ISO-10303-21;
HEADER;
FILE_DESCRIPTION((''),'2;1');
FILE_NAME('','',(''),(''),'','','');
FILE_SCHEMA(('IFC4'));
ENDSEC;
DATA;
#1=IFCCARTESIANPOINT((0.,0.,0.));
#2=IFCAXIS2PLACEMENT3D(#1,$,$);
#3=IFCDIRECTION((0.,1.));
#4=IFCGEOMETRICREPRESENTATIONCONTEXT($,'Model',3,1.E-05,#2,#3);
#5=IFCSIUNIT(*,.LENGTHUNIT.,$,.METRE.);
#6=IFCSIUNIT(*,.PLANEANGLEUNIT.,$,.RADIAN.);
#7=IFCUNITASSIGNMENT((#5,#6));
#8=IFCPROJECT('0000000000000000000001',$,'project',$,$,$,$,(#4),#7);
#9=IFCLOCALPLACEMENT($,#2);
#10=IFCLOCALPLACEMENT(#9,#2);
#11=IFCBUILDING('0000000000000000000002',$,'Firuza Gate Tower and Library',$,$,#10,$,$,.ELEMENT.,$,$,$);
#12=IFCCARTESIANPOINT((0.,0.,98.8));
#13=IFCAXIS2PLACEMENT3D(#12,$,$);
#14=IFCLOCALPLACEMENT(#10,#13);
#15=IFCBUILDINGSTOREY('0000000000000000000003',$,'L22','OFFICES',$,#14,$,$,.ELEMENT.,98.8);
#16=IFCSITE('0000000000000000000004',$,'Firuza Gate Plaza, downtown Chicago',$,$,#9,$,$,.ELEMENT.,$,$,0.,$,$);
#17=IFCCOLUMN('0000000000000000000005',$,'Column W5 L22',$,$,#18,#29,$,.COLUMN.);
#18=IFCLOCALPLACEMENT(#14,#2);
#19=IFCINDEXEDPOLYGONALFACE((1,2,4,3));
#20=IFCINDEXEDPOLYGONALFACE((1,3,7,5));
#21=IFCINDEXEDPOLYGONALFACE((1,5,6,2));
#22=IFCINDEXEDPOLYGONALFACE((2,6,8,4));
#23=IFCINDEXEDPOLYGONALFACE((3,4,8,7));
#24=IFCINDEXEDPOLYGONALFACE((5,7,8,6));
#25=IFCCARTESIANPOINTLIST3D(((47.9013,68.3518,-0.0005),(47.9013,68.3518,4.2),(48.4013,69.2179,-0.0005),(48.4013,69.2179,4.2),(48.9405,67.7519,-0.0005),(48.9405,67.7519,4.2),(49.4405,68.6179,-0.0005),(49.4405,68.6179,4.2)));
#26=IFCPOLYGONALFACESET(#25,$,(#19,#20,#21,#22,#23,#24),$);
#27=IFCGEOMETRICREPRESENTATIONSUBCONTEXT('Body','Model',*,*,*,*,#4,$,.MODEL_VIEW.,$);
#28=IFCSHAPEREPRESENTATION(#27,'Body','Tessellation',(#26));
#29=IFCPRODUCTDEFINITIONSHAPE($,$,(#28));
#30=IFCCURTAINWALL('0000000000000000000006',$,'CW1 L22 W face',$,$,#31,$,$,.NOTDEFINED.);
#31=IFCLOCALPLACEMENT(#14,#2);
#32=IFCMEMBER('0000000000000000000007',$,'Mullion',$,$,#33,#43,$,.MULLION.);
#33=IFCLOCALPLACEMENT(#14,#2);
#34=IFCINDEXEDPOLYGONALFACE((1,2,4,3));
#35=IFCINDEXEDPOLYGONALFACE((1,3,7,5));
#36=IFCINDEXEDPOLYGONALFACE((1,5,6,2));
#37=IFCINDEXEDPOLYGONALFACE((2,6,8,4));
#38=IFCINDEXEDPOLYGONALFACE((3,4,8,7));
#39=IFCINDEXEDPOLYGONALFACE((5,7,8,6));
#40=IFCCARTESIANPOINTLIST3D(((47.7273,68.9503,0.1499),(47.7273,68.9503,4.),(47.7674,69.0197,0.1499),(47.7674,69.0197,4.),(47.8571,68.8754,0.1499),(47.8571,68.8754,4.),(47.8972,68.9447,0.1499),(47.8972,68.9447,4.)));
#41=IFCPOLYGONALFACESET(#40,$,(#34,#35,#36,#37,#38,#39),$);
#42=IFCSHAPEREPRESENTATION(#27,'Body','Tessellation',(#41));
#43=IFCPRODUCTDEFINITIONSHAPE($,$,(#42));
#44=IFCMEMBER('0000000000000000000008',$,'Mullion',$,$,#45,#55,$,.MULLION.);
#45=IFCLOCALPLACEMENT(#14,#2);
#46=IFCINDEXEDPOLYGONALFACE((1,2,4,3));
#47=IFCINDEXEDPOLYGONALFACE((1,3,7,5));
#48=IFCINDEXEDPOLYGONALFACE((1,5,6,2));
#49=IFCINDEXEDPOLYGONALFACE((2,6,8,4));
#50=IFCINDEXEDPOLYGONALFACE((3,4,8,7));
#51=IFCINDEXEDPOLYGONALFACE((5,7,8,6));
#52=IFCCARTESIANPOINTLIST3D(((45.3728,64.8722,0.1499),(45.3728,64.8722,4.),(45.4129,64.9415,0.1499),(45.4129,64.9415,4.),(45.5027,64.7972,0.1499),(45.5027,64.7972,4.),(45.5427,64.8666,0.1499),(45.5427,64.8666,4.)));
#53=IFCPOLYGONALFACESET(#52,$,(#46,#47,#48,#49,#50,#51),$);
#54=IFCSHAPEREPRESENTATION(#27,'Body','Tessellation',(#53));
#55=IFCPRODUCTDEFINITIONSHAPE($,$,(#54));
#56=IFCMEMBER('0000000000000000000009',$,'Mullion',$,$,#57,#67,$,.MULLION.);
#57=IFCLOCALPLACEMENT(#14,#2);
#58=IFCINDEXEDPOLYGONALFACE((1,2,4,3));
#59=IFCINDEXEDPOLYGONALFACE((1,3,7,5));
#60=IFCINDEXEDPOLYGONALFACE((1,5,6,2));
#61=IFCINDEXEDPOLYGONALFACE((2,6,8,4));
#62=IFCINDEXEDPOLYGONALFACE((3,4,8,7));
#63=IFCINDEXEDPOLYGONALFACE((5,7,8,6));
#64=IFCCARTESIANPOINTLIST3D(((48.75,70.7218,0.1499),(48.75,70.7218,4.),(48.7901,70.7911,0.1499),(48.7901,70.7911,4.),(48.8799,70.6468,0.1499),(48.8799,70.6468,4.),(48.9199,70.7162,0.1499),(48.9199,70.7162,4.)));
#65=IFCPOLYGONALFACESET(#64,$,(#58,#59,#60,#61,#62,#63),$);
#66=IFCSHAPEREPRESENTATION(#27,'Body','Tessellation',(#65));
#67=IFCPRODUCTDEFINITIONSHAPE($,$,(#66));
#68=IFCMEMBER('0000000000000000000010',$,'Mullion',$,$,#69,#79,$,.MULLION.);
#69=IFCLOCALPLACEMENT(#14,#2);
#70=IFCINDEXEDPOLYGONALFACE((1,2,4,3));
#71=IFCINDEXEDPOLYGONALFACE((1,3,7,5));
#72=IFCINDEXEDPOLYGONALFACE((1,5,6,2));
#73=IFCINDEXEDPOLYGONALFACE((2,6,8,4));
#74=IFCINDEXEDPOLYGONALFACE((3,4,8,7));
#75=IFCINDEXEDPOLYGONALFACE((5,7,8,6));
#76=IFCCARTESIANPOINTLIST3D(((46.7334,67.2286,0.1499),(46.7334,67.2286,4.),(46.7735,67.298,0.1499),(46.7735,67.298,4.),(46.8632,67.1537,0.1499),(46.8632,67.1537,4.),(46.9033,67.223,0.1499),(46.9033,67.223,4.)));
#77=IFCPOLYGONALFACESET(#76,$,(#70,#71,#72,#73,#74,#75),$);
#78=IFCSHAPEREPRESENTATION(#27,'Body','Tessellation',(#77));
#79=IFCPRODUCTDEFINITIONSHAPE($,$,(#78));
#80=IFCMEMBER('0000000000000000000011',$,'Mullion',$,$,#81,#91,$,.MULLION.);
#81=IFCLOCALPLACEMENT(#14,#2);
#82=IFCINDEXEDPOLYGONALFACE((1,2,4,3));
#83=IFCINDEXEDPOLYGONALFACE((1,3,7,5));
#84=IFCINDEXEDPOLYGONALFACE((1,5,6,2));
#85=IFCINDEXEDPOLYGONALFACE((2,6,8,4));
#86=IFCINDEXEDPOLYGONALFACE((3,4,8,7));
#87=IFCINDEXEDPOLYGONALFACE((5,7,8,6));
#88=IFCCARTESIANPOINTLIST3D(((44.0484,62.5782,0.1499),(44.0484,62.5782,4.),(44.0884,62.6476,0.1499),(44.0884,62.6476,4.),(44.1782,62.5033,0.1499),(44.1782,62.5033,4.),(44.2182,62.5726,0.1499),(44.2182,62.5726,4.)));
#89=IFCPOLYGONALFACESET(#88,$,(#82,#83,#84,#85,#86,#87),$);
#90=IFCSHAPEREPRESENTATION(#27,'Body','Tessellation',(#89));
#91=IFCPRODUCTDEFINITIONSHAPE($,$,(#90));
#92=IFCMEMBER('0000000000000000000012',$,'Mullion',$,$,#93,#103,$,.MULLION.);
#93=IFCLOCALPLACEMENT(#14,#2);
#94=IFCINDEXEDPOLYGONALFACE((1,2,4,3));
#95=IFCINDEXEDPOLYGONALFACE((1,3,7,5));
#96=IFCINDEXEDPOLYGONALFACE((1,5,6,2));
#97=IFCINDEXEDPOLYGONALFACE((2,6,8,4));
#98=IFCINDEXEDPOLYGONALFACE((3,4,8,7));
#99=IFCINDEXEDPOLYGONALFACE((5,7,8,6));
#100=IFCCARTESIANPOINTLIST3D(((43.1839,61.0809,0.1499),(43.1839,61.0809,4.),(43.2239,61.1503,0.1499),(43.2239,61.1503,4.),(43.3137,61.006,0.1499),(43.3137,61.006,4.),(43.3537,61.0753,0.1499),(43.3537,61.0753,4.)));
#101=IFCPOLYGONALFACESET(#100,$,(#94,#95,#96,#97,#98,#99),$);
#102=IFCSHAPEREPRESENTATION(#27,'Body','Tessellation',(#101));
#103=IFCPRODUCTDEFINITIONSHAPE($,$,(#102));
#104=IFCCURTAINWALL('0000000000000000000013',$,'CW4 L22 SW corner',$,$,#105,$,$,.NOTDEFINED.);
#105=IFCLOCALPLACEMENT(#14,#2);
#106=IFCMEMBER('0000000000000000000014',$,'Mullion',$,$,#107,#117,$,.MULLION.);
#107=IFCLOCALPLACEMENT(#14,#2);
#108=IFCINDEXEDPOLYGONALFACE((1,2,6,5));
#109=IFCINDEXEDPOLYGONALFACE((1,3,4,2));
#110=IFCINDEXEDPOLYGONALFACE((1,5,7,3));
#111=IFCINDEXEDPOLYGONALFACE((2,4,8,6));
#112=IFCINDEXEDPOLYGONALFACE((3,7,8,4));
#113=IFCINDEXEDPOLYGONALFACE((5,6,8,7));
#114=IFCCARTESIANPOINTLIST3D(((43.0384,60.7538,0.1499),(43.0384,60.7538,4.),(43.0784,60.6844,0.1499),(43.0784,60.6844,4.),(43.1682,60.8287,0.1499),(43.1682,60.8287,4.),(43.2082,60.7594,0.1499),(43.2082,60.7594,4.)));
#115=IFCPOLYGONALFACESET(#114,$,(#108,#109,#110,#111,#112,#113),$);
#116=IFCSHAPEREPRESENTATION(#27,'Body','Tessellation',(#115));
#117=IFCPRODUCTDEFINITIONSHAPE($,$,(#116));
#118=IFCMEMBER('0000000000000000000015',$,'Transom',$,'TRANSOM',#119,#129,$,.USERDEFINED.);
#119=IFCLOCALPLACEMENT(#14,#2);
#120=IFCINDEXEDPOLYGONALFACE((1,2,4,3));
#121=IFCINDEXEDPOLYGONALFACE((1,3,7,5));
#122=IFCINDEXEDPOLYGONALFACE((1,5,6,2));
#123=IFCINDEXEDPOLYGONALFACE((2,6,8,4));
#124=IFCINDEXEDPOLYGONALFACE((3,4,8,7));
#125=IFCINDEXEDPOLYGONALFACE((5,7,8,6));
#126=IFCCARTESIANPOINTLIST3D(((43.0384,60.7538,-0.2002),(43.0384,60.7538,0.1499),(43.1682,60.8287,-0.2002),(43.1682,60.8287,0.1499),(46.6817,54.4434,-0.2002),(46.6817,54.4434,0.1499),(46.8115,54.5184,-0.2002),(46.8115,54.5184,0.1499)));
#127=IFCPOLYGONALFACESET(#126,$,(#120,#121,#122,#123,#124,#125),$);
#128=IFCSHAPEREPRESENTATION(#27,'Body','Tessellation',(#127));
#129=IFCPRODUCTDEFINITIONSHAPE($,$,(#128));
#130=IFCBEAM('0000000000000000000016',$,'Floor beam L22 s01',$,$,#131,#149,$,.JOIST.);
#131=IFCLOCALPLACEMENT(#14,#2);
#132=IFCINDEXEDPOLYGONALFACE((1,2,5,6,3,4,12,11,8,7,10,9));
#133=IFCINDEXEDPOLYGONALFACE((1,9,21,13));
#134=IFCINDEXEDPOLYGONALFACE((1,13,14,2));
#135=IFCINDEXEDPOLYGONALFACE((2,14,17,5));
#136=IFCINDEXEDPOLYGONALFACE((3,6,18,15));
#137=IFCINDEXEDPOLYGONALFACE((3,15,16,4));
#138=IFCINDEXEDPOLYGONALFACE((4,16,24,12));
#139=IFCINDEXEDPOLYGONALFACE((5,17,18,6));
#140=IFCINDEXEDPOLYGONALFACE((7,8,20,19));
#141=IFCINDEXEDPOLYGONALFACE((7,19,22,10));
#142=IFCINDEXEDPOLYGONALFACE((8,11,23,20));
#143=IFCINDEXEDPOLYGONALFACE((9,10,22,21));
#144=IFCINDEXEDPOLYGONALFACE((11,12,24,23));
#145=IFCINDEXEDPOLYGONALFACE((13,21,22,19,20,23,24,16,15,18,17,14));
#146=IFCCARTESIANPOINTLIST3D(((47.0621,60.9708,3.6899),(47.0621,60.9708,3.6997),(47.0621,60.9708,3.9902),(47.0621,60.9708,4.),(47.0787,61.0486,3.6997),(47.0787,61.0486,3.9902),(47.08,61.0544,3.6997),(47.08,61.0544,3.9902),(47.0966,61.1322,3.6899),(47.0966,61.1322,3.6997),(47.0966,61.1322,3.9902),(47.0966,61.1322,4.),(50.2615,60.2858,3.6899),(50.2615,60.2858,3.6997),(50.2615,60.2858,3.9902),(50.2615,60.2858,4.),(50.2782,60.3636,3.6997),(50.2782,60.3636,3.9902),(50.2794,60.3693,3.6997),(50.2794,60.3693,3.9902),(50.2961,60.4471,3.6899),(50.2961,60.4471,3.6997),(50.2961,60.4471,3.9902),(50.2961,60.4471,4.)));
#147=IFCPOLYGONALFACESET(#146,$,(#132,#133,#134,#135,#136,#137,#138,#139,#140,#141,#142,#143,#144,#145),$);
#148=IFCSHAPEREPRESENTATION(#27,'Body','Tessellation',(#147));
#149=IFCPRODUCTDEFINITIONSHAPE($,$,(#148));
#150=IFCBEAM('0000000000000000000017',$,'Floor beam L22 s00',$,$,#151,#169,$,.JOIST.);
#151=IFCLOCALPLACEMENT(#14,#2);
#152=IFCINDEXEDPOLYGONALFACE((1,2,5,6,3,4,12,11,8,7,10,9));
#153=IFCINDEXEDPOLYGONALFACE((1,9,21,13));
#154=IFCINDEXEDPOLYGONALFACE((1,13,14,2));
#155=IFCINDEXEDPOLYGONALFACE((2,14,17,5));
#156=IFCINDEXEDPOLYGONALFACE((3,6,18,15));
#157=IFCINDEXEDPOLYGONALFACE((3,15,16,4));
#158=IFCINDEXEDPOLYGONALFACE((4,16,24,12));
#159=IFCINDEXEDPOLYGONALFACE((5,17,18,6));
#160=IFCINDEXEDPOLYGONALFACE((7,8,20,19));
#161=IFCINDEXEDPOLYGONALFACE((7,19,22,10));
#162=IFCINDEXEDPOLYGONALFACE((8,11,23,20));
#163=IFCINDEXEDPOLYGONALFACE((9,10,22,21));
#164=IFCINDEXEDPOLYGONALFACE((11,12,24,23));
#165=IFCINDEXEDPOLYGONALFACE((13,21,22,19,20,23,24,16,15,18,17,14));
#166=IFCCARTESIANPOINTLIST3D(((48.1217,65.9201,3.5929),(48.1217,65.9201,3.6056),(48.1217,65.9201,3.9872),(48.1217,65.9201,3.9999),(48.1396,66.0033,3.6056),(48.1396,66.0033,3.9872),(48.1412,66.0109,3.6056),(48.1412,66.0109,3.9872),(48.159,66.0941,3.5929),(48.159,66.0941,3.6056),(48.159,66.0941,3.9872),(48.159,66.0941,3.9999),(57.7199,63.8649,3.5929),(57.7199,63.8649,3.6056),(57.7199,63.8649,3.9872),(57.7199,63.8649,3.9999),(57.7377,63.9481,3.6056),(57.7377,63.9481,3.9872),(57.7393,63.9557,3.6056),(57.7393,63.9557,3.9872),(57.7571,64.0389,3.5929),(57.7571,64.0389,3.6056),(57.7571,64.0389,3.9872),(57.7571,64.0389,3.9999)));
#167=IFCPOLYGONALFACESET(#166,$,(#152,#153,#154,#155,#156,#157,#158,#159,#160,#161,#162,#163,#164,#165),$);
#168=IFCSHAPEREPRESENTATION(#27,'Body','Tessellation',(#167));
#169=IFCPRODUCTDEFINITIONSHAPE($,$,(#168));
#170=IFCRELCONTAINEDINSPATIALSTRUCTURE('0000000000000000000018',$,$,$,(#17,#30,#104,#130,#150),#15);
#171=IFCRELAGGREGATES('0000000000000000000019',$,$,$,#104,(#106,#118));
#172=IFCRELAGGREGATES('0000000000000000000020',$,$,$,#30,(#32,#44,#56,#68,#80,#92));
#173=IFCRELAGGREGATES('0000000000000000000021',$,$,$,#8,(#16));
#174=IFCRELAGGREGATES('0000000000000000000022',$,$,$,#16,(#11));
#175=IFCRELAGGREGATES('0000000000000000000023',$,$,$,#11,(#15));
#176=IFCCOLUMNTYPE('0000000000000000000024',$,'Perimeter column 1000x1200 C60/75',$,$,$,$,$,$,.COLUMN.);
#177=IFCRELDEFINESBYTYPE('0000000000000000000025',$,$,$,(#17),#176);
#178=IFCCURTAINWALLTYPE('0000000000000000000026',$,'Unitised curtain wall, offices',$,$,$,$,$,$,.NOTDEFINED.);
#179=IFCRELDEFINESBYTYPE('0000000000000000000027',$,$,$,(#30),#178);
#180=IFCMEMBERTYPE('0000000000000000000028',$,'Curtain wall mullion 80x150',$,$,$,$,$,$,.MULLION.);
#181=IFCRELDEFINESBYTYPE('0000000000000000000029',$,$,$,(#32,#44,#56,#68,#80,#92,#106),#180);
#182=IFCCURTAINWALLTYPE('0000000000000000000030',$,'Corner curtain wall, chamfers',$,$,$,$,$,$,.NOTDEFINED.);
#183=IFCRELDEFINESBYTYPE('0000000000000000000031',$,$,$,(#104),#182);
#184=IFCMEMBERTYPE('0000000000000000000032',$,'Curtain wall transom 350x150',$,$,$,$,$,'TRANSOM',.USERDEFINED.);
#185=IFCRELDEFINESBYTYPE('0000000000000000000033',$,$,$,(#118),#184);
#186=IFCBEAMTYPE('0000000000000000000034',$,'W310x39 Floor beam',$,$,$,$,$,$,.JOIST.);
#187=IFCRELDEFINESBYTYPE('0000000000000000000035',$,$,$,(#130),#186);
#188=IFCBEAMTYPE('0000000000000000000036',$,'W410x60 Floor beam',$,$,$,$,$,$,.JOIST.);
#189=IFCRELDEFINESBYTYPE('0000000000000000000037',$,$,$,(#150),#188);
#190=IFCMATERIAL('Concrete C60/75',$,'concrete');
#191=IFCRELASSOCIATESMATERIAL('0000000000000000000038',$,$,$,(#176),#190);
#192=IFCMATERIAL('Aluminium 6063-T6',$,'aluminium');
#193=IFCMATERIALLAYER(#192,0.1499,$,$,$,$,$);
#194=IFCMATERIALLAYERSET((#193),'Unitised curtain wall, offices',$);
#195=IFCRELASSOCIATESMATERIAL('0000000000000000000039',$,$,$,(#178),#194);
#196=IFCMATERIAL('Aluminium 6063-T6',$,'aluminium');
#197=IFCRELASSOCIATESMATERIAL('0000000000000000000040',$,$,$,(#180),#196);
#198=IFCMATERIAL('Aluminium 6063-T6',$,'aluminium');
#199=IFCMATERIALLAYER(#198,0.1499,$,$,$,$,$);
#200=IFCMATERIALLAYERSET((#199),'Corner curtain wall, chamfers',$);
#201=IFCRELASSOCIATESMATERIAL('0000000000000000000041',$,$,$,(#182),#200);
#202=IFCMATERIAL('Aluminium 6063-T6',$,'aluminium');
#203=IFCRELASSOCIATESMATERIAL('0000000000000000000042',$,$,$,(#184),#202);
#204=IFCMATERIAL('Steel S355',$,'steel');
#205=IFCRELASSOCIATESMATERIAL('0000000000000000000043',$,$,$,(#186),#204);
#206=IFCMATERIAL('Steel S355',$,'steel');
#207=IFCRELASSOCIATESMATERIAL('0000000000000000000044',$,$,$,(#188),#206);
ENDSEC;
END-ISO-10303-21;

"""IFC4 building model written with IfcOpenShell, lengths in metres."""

from ifc_helpers import new_model, si_unit, direction, frame, origin, origin_2d, place, context, subcontext, project, spatial, rectangle, i_section, extrude, material, layer, layer_set, material_profile, profile_set, type_object, element, aggregate, save


model = new_model("IFC4")

# Units and contexts
model_context = context("Model", 3, precision=1e-05, world=origin(), true_north=direction((0.0, 1.0)))
body_context = subcontext(model_context, "Body", "Model", "MODEL_VIEW")
ifc_project = project(units=[si_unit("LENGTHUNIT", "METRE"), si_unit("PLANEANGLEUNIT", "RADIAN")], contexts=[model_context])

# Site, building, storey
site_placement = place(None, origin())
site = spatial("IfcSite", under=ifc_project, at=site_placement, Name="Firuza Gate Plaza, downtown Chicago", CompositionType="ELEMENT", RefElevation=0.0)
building_placement = place(site_placement, origin())
building = spatial("IfcBuilding", under=site, at=building_placement, Name="Firuza Gate Tower and Library", CompositionType="ELEMENT")
storey_placement = place(building_placement, frame((0.0, 0.0, 98.8)))
storey = spatial("IfcBuildingStorey", under=building, at=storey_placement, Name="L22", Description="OFFICES", CompositionType="ELEMENT", Elevation=98.8)

# Column
ifc_material_1 = material(Name="Concrete C60/75", Category="concrete")
ifc_material_profile_1 = material_profile(ifc_material_1, rectangle(XDim=1.0, YDim=1.2, at=origin_2d()))
ifc_profile_set_1 = profile_set([ifc_material_profile_1], Name="Concrete C60/75")
column_type = type_object("IfcColumnType", Name="Perimeter column 1000x1200 C60/75", PredefinedType="COLUMN", material=ifc_profile_set_1)
column_placement = place(storey_placement, frame((48.6709, 68.4849, -0.0005), z_axis=(0.0, 0.0, 1.0), x_axis=(-0.5, -0.866025, 0.0)))
element("IfcColumn", 1, at=column_placement, inside=storey, type_object=column_type, Name="Column W5 L22", PredefinedType="COLUMN", context=body_context, shape_type="SweptSolid", body=[
    extrude(rectangle(XDim=1.0, YDim=1.2, at=origin_2d()), origin(), (0.0, 0.0, 1.0), 4.2004),
])

# Curtain walls, members
ifc_material_2 = material(Name="Aluminium 6063-T6", Category="aluminium")
ifc_layer_1 = layer(ifc_material_2, 0.1499)
ifc_layer_set_1 = layer_set([ifc_layer_1], Name="Unitised curtain wall, offices")
curtain_wall_type_1 = type_object("IfcCurtainWallType", Name="Unitised curtain wall, offices", PredefinedType="NOTDEFINED", material=ifc_layer_set_1)
placement = place(storey_placement, origin())
curtain_wall_1 = element("IfcCurtainWall", 2, at=placement, inside=storey, type_object=curtain_wall_type_1, Name="CW1 L22 W face", PredefinedType="NOTDEFINED")
ifc_material_3 = material(Name="Aluminium 6063-T6", Category="aluminium")
ifc_material_profile_2 = material_profile(ifc_material_3, rectangle(XDim=0.1499, YDim=0.0801, at=origin_2d()))
ifc_profile_set_2 = profile_set([ifc_material_profile_2], Name="Aluminium 6063-T6")
member_type_1 = type_object("IfcMemberType", Name="Curtain wall mullion 80x150", PredefinedType="MULLION", material=ifc_profile_set_2)
member_1_placement = place(storey_placement, frame((47.8123, 68.9475, 0.1499), z_axis=(0.0, 0.0, 1.0), x_axis=(0.866025, -0.5, 0.0)))
member_1 = element("IfcMember", 3, at=member_1_placement, type_object=member_type_1, Name="Mullion", PredefinedType="MULLION", context=body_context, shape_type="SweptSolid", body=[
    extrude(rectangle(XDim=0.1499, YDim=0.0801, at=origin_2d()), origin(), (0.0, 0.0, 1.0), 3.8501),
])
member_2_placement = place(storey_placement, frame((45.4578, 64.8694, 0.1499), z_axis=(0.0, 0.0, 1.0), x_axis=(0.866025, -0.5, 0.0)))
member_2 = element("IfcMember", 4, at=member_2_placement, type_object=member_type_1, Name="Mullion", PredefinedType="MULLION", context=body_context, shape_type="SweptSolid", body=[
    extrude(rectangle(XDim=0.1499, YDim=0.0801, at=origin_2d()), origin(), (0.0, 0.0, 1.0), 3.8501),
])
member_3_placement = place(storey_placement, frame((48.835, 70.719, 0.1499), z_axis=(0.0, 0.0, 1.0), x_axis=(0.866025, -0.5, 0.0)))
member_3 = element("IfcMember", 5, at=member_3_placement, type_object=member_type_1, Name="Mullion", PredefinedType="MULLION", context=body_context, shape_type="SweptSolid", body=[
    extrude(rectangle(XDim=0.1499, YDim=0.0801, at=origin_2d()), origin(), (0.0, 0.0, 1.0), 3.8501),
])
member_4_placement = place(storey_placement, frame((46.8184, 67.2258, 0.1499), z_axis=(0.0, 0.0, 1.0), x_axis=(0.866025, -0.5, 0.0)))
member_4 = element("IfcMember", 6, at=member_4_placement, type_object=member_type_1, Name="Mullion", PredefinedType="MULLION", context=body_context, shape_type="SweptSolid", body=[
    extrude(rectangle(XDim=0.1499, YDim=0.0801, at=origin_2d()), origin(), (0.0, 0.0, 1.0), 3.8501),
])
member_5_placement = place(storey_placement, frame((44.1333, 62.5754, 0.1499), z_axis=(0.0, 0.0, 1.0), x_axis=(0.866025, -0.5, 0.0)))
member_5 = element("IfcMember", 7, at=member_5_placement, type_object=member_type_1, Name="Mullion", PredefinedType="MULLION", context=body_context, shape_type="SweptSolid", body=[
    extrude(rectangle(XDim=0.1499, YDim=0.0801, at=origin_2d()), origin(), (0.0, 0.0, 1.0), 3.8501),
])
member_6_placement = place(storey_placement, frame((43.2688, 61.0781, 0.1499), z_axis=(0.0, 0.0, 1.0), x_axis=(0.866025, -0.5, 0.0)))
member_6 = element("IfcMember", 8, at=member_6_placement, type_object=member_type_1, Name="Mullion", PredefinedType="MULLION", context=body_context, shape_type="SweptSolid", body=[
    extrude(rectangle(XDim=0.1499, YDim=0.0801, at=origin_2d()), origin(), (0.0, 0.0, 1.0), 3.8501),
])
ifc_material_4 = material(Name="Aluminium 6063-T6", Category="aluminium")
ifc_layer_2 = layer(ifc_material_4, 0.1499)
ifc_layer_set_2 = layer_set([ifc_layer_2], Name="Corner curtain wall, chamfers")
curtain_wall_type_2 = type_object("IfcCurtainWallType", Name="Corner curtain wall, chamfers", PredefinedType="NOTDEFINED", material=ifc_layer_set_2)
curtain_wall_2 = element("IfcCurtainWall", 9, at=placement, inside=storey, type_object=curtain_wall_type_2, Name="CW4 L22 SW corner", PredefinedType="NOTDEFINED")
member_7_placement = place(storey_placement, frame((43.1233, 60.7566, 0.1499), z_axis=(0.0, 0.0, 1.0), x_axis=(0.866025, 0.5, 0.0)))
member_7 = element("IfcMember", 10, at=member_7_placement, type_object=member_type_1, Name="Mullion", PredefinedType="MULLION", context=body_context, shape_type="SweptSolid", body=[
    extrude(rectangle(XDim=0.1499, YDim=0.0801, at=origin_2d()), origin(), (0.0, 0.0, 1.0), 3.8501),
])
ifc_material_5 = material(Name="Aluminium 6063-T6", Category="aluminium")
ifc_material_profile_3 = material_profile(ifc_material_5, rectangle(XDim=0.1499, YDim=0.3501, at=origin_2d()))
ifc_profile_set_3 = profile_set([ifc_material_profile_3], Name="Aluminium 6063-T6")
member_type_2 = type_object("IfcMemberType", Name="Curtain wall transom 350x150", ElementType="TRANSOM", PredefinedType="USERDEFINED", material=ifc_profile_set_3)
member_8_placement = place(storey_placement, frame((43.1033, 60.7913, -0.0251), z_axis=(0.500006, -0.866022, 0.0), x_axis=(0.866022, 0.500006, 0.0)))
member_8 = element("IfcMember", 11, at=member_8_placement, type_object=member_type_2, Name="Transom", ObjectType="TRANSOM", PredefinedType="USERDEFINED", context=body_context, shape_type="SweptSolid", body=[
    extrude(rectangle(XDim=0.1499, YDim=0.3501, at=origin_2d()), origin(), (0.0, 0.0, 1.0), 7.2866),
])

# Beams
ifc_material_6 = material(Name="Steel S355", Category="steel")
ifc_material_profile_4 = material_profile(ifc_material_6, i_section(OverallWidth=0.165, OverallDepth=0.3101, WebThickness=0.0059, FlangeThickness=0.0098, at=origin_2d()))
ifc_profile_set_4 = profile_set([ifc_material_profile_4], Name="Steel S355")
beam_type_1 = type_object("IfcBeamType", Name="W310x39 Floor beam", PredefinedType="JOIST", material=ifc_profile_set_4)
beam_1_placement = place(storey_placement, frame((47.0793, 61.0515, 3.845), z_axis=(0.977836, -0.209371, 0.0), x_axis=(0.209371, 0.977836, 0.0)))
element("IfcBeam", 12, at=beam_1_placement, inside=storey, type_object=beam_type_1, Name="Floor beam L22 s01", PredefinedType="JOIST", context=body_context, shape_type="SweptSolid", body=[
    extrude(i_section(OverallWidth=0.165, OverallDepth=0.3101, WebThickness=0.0059, FlangeThickness=0.0098, at=origin_2d()), origin(), (0.0, 0.0, 1.0), 3.272),
])
ifc_material_7 = material(Name="Steel S355", Category="steel")
ifc_material_profile_5 = material_profile(ifc_material_7, i_section(OverallWidth=0.178, OverallDepth=0.407, WebThickness=0.0078, FlangeThickness=0.0127, at=origin_2d()))
ifc_profile_set_5 = profile_set([ifc_material_profile_5], Name="Steel S355")
beam_type_2 = type_object("IfcBeamType", Name="W410x60 Floor beam", PredefinedType="JOIST", material=ifc_profile_set_5)
beam_2_placement = place(storey_placement, frame((48.1404, 66.0071, 3.7964), z_axis=(0.977835, -0.209376, 0.0), x_axis=(0.209376, 0.977835, 0.0)))
element("IfcBeam", 13, at=beam_2_placement, inside=storey, type_object=beam_type_2, Name="Floor beam L22 s00", PredefinedType="JOIST", context=body_context, shape_type="SweptSolid", body=[
    extrude(i_section(OverallWidth=0.178, OverallDepth=0.407, WebThickness=0.0078, FlangeThickness=0.0127, at=origin_2d()), origin(), (0.0, 0.0, 1.0), 9.8157),
])

aggregate(curtain_wall_2, [member_7, member_8])
aggregate(curtain_wall_1, [member_1, member_2, member_3, member_4, member_5, member_6])

save(model, "model.ifc")
